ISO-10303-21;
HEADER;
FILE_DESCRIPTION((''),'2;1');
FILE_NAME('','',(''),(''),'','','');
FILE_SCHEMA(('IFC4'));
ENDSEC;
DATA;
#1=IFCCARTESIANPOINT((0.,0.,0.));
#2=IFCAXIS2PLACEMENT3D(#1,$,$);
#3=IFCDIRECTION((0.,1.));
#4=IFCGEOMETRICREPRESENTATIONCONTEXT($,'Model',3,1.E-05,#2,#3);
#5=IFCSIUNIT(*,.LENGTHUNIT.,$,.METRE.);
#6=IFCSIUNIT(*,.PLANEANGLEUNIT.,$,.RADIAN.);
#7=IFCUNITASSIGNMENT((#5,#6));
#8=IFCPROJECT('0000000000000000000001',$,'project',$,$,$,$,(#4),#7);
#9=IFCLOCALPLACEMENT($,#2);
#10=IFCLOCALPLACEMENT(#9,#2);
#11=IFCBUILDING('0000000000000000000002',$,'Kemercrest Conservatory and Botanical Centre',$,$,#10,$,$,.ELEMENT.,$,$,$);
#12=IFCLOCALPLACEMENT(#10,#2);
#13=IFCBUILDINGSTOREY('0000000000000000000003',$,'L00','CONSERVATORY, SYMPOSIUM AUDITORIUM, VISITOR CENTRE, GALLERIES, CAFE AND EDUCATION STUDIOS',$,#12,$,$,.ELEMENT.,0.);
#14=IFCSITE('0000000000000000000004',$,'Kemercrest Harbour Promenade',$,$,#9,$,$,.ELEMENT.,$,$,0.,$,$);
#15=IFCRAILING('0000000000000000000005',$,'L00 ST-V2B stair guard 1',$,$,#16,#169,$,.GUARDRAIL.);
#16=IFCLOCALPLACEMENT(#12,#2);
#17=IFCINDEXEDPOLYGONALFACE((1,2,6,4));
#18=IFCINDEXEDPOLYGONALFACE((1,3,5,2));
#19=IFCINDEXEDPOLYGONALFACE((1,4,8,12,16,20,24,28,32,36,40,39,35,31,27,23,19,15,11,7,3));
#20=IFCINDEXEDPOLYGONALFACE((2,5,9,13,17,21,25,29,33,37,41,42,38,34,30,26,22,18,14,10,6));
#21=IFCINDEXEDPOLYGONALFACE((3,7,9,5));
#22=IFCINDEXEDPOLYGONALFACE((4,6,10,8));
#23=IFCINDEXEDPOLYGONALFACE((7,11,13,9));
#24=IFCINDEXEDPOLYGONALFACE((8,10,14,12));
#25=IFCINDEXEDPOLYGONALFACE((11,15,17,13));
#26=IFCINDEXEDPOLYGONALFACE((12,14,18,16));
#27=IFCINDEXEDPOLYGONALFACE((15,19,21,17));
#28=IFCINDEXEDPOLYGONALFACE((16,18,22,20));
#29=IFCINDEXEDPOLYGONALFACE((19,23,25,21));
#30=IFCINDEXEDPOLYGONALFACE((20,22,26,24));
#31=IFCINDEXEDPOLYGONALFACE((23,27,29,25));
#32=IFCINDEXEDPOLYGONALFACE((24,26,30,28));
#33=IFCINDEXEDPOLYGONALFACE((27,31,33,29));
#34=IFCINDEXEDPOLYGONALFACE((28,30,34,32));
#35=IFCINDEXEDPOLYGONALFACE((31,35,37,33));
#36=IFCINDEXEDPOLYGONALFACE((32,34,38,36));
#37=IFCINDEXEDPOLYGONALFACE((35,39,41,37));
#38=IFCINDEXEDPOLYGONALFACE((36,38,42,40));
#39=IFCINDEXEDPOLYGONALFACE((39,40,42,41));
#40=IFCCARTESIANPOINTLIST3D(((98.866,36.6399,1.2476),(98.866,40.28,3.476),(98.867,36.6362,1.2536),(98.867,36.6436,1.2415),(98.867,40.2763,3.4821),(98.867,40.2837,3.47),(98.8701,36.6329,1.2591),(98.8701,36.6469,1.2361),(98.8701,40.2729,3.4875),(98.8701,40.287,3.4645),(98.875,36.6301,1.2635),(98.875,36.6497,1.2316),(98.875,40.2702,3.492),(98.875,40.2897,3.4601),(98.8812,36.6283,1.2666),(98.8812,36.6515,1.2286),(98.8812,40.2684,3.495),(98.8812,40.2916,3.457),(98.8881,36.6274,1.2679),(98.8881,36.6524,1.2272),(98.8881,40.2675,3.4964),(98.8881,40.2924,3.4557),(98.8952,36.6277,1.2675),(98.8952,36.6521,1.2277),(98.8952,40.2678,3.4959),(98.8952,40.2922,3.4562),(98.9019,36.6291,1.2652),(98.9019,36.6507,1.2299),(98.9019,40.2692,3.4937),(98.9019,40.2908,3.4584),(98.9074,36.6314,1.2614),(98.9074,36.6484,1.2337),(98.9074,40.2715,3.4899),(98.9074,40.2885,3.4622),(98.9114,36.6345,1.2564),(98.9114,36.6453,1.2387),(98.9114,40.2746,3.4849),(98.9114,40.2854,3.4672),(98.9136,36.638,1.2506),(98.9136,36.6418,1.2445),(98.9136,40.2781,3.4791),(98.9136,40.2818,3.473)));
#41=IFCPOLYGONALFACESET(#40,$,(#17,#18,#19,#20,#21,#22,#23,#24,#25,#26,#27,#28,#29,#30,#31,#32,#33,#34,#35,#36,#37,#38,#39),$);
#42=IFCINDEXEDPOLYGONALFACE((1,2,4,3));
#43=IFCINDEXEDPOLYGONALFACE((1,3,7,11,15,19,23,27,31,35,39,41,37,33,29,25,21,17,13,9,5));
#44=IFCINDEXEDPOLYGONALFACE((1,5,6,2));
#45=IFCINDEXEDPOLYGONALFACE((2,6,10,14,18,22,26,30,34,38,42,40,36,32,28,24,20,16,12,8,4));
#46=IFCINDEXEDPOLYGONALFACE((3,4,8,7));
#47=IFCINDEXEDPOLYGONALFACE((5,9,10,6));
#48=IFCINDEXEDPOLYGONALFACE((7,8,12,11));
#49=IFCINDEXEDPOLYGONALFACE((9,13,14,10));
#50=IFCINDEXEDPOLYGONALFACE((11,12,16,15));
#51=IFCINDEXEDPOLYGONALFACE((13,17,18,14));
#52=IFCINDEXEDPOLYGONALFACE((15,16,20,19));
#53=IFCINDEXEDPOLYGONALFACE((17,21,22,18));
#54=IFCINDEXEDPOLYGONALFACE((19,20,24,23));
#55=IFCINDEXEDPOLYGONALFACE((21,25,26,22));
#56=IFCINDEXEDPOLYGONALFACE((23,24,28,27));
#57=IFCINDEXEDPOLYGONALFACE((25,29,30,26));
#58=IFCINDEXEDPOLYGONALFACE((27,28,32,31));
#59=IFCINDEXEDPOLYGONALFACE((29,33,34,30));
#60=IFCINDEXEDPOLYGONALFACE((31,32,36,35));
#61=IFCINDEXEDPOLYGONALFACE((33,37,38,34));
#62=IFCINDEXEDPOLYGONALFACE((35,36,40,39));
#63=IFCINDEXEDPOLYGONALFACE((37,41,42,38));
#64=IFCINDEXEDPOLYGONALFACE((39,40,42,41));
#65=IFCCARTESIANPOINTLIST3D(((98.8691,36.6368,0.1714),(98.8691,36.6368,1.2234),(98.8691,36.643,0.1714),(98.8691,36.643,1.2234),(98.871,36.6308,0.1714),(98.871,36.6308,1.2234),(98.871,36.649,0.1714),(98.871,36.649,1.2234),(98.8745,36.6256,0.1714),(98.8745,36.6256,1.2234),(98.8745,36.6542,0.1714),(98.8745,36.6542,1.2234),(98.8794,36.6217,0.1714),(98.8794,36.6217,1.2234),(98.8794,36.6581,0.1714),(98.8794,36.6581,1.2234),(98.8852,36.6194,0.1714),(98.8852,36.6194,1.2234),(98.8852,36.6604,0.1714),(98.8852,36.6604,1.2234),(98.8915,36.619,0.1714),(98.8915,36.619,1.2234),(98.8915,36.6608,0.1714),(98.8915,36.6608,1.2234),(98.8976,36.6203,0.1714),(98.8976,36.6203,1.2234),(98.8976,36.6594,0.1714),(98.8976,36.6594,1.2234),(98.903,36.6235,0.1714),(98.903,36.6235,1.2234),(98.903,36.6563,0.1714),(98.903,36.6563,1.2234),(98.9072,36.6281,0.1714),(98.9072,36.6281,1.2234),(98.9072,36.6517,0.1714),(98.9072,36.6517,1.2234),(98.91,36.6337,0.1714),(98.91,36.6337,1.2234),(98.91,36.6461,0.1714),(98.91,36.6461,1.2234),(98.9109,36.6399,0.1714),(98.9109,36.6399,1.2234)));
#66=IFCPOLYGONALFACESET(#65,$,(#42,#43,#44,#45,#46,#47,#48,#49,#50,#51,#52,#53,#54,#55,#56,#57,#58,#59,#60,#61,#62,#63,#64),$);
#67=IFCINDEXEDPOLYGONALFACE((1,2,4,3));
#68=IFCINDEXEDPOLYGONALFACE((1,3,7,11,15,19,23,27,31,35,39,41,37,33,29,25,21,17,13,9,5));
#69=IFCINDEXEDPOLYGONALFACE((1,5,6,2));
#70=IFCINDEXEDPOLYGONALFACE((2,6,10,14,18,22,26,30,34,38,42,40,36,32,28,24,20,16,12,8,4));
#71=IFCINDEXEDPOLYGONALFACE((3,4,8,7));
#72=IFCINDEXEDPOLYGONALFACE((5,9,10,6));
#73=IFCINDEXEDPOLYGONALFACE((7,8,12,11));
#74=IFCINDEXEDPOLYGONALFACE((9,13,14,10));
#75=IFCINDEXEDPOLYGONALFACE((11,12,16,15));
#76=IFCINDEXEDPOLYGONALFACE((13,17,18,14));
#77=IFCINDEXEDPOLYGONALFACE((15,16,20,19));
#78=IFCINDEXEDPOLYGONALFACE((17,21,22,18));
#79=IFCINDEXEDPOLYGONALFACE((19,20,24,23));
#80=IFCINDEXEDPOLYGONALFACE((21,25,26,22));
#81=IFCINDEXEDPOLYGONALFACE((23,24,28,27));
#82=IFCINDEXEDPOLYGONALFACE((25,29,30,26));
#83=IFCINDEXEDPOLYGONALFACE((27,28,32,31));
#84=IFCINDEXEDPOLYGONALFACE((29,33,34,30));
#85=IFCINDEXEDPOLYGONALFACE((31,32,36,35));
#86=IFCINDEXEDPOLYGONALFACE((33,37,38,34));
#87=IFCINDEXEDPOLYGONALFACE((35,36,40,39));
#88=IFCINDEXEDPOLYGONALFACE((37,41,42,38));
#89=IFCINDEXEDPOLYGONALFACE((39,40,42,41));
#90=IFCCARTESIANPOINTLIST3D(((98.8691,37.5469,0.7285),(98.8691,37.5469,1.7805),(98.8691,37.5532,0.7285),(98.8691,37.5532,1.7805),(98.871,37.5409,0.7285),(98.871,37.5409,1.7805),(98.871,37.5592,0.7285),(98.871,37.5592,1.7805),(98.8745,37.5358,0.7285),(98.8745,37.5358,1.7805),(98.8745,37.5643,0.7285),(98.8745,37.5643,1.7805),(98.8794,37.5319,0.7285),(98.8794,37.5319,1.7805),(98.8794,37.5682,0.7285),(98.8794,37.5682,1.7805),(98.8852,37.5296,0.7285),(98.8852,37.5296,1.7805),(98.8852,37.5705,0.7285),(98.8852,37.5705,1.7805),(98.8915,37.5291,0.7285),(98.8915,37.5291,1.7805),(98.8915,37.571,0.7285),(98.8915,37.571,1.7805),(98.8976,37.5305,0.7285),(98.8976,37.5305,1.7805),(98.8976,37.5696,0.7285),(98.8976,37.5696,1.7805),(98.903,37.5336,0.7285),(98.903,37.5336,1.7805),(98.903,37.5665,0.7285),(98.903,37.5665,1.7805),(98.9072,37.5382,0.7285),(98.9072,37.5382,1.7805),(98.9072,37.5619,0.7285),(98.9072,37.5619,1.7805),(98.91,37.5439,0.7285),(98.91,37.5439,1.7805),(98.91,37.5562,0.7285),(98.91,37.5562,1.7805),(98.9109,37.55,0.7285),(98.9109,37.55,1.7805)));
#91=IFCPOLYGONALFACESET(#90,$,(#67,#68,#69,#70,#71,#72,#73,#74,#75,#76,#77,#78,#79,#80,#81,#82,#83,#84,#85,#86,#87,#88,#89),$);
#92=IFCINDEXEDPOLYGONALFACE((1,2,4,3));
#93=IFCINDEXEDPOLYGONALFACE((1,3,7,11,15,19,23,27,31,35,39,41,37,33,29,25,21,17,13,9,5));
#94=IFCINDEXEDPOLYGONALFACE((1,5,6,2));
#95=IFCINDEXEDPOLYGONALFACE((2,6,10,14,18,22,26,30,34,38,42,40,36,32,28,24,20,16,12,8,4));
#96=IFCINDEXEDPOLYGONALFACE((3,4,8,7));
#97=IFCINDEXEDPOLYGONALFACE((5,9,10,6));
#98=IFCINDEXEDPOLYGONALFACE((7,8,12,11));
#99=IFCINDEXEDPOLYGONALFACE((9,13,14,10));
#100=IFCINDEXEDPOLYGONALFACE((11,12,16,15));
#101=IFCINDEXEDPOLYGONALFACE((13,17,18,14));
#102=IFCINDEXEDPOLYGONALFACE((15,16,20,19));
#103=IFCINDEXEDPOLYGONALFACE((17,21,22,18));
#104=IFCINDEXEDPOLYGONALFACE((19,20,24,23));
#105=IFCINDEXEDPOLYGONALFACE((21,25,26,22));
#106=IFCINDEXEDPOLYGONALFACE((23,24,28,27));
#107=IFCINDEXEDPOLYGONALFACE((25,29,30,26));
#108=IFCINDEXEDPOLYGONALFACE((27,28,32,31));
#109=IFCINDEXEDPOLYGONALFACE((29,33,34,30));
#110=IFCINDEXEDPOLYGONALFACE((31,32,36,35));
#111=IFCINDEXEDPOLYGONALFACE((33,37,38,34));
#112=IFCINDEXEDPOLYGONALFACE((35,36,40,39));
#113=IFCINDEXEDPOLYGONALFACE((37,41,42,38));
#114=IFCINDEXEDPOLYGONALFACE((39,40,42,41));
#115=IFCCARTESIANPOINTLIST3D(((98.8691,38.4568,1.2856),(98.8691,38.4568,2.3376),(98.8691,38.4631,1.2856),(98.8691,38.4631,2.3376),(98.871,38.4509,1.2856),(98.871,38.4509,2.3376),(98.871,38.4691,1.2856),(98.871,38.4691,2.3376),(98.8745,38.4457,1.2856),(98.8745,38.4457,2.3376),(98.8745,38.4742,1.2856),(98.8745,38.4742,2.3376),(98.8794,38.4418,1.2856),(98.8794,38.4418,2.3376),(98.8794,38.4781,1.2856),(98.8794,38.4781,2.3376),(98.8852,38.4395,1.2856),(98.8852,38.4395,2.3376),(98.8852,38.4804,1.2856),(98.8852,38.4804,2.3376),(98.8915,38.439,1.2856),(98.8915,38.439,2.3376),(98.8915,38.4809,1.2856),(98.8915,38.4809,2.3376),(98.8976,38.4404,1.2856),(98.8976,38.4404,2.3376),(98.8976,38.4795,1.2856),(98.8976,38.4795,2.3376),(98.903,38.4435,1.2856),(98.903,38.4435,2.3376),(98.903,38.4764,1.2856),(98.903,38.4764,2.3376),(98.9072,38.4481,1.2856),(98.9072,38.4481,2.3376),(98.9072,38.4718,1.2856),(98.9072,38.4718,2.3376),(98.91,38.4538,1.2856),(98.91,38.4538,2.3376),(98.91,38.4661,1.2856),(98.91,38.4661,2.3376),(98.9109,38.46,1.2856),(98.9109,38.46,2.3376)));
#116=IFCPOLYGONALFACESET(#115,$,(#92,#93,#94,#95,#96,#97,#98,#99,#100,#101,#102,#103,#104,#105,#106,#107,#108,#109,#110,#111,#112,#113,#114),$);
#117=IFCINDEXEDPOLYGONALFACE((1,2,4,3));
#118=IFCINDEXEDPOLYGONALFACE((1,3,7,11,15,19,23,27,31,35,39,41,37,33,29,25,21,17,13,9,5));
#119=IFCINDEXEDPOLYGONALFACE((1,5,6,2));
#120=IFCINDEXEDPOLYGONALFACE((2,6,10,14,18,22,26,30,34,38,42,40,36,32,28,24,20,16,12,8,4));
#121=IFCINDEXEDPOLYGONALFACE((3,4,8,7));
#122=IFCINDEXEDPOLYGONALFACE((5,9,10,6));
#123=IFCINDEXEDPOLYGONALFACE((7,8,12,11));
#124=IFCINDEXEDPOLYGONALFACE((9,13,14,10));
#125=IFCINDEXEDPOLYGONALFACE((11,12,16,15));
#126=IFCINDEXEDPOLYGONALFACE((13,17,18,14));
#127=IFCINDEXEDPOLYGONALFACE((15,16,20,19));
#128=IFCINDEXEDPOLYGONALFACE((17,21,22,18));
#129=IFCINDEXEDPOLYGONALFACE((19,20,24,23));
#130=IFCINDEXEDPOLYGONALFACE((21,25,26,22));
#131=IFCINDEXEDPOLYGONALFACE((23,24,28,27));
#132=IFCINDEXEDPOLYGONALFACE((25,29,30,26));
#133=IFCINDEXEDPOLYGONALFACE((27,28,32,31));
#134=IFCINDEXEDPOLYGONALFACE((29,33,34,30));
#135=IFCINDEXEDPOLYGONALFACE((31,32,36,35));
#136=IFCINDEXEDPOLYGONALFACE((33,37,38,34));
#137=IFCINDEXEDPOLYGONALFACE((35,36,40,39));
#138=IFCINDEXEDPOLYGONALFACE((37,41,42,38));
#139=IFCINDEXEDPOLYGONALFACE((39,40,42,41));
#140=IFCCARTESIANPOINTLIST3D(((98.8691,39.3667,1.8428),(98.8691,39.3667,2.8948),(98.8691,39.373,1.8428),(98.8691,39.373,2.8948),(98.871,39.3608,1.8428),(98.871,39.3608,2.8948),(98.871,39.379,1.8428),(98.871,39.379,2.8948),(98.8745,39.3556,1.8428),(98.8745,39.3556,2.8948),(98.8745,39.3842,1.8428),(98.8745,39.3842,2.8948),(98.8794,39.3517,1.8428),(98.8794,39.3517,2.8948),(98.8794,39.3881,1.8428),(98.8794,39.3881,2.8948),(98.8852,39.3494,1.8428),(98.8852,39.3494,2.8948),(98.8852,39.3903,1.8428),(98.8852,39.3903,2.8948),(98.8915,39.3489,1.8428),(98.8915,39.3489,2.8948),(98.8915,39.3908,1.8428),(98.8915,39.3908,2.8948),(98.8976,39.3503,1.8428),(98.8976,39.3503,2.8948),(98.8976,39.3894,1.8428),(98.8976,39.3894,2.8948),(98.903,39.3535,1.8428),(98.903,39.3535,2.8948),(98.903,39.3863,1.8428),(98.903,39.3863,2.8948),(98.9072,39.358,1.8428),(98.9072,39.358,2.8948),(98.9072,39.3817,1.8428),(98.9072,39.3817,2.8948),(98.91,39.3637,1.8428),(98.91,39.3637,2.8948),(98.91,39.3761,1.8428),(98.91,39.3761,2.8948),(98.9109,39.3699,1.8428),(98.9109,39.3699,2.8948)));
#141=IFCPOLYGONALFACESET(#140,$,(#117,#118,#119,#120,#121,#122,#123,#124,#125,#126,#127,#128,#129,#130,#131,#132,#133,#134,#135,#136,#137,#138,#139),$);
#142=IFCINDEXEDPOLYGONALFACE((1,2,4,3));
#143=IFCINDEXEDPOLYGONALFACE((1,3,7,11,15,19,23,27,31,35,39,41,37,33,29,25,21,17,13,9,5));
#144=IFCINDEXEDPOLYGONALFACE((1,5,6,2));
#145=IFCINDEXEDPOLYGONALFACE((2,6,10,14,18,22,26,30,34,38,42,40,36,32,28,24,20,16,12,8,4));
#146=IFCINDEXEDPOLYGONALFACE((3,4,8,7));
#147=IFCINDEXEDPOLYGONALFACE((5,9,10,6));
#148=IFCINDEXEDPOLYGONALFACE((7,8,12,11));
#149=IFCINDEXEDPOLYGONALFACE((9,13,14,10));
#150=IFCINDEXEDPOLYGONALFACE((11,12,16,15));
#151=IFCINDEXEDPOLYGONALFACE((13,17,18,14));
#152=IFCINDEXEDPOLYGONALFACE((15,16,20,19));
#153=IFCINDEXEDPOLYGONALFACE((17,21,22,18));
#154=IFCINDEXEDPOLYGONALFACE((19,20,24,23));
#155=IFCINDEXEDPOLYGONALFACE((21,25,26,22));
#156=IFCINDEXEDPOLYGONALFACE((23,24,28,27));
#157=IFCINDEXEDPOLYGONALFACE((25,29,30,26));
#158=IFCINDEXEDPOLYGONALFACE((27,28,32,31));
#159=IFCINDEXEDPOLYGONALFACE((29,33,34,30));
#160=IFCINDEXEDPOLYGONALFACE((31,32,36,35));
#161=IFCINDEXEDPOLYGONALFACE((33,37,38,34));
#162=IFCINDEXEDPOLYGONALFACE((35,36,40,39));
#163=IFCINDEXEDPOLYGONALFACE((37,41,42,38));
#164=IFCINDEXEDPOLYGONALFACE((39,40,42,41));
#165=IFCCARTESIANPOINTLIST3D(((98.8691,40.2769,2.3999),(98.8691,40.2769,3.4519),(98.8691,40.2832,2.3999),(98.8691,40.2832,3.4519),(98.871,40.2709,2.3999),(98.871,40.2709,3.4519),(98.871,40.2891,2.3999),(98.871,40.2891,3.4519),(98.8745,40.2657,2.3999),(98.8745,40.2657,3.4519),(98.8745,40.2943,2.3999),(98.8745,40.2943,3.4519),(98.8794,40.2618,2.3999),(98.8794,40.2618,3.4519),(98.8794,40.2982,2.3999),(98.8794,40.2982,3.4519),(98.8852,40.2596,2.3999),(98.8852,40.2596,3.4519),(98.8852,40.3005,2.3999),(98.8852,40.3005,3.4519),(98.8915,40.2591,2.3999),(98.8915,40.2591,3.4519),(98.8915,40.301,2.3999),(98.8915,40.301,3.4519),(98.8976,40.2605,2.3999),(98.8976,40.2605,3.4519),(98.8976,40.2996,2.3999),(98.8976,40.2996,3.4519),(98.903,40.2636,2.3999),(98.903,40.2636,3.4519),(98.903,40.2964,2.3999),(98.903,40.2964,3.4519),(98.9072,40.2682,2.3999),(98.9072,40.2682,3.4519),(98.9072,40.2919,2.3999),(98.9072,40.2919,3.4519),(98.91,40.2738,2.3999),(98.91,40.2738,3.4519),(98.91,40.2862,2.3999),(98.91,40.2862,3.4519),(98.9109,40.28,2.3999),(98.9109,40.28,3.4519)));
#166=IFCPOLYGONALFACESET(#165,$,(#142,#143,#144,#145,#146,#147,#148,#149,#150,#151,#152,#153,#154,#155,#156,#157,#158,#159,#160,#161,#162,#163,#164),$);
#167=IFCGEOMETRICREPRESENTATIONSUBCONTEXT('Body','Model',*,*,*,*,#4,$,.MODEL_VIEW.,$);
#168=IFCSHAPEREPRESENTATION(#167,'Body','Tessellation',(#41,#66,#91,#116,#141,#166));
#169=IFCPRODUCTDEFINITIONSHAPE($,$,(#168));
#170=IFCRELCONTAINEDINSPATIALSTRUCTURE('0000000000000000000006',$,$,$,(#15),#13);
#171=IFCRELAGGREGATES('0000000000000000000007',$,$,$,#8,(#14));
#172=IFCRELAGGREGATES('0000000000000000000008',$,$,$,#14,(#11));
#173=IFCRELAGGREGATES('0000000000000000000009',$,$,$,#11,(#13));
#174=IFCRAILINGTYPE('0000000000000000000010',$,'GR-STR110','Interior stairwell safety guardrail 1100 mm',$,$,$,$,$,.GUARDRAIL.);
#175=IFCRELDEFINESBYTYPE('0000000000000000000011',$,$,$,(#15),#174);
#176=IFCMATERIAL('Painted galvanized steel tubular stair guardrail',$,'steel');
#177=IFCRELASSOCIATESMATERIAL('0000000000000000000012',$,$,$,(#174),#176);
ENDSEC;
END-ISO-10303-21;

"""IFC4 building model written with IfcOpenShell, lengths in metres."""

from ifc_helpers import new_model, si_unit, direction, frame, origin, origin_2d, place, context, subcontext, project, spatial, circle, extrude, material, type_object, element, save


model = new_model("IFC4")

# Units and contexts
model_context = context("Model", 3, precision=1e-05, world=origin(), true_north=direction((0.0, 1.0)))
body_context = subcontext(model_context, "Body", "Model", "MODEL_VIEW")
ifc_project = project(units=[si_unit("LENGTHUNIT", "METRE"), si_unit("PLANEANGLEUNIT", "RADIAN")], contexts=[model_context])

# Site, building, storey
site_placement = place(None, origin())
site = spatial("IfcSite", under=ifc_project, at=site_placement, Name="Kemercrest Harbour Promenade", CompositionType="ELEMENT", RefElevation=0.0)
building_placement = place(site_placement, origin())
building = spatial("IfcBuilding", under=site, at=building_placement, Name="Kemercrest Conservatory and Botanical Centre", CompositionType="ELEMENT")
storey_placement = place(building_placement, origin())
storey = spatial("IfcBuildingStorey", under=building, at=storey_placement, Name="L00", Description="CONSERVATORY, SYMPOSIUM AUDITORIUM, VISITOR CENTRE, GALLERIES, CAFE AND EDUCATION STUDIOS", CompositionType="ELEMENT", Elevation=0.0)

# Railing
ifc_material_1 = material(Name="Painted galvanized steel tubular stair guardrail", Category="steel")
railing_type_1 = type_object("IfcRailingType", Name="GR-STR110", Description="Interior stairwell safety guardrail 1100 mm", PredefinedType="GUARDRAIL", material=ifc_material_1)
railing_1_placement = place(storey_placement, frame((98.8899, 36.6399, 0.1714)))
element("IfcRailing", 1, at=railing_1_placement, inside=storey, type_object=railing_type_1, Name="L00 ST-V2B stair guard 1", PredefinedType="GUARDRAIL", context=body_context, shape_type="SweptSolid", body=[
    extrude(circle(Radius=0.0239, at=origin_2d()), frame((0.0, 0.0, 1.0762), z_axis=(0.0, 0.852866, 0.52213), x_axis=(-1.0, 0.0, 0.0)), (0.0, 0.0, 1.0), 4.2681),
    extrude(circle(Radius=0.021, at=origin_2d()), origin(), (0.0, 0.0, 1.0), 1.052),
    extrude(circle(Radius=0.021, at=origin_2d()), frame((0.0, 0.9102, 0.5571)), (0.0, 0.0, 1.0), 1.052),
    extrude(circle(Radius=0.021, at=origin_2d()), frame((0.0, 1.8201, 1.1143)), (0.0, 0.0, 1.0), 1.052),
    extrude(circle(Radius=0.021, at=origin_2d()), frame((0.0, 2.73, 1.6714)), (0.0, 0.0, 1.0), 1.052),
    extrude(circle(Radius=0.021, at=origin_2d()), frame((0.0, 3.6401, 2.2285)), (0.0, 0.0, 1.0), 1.052),
])

save(model, "model.ifc")
